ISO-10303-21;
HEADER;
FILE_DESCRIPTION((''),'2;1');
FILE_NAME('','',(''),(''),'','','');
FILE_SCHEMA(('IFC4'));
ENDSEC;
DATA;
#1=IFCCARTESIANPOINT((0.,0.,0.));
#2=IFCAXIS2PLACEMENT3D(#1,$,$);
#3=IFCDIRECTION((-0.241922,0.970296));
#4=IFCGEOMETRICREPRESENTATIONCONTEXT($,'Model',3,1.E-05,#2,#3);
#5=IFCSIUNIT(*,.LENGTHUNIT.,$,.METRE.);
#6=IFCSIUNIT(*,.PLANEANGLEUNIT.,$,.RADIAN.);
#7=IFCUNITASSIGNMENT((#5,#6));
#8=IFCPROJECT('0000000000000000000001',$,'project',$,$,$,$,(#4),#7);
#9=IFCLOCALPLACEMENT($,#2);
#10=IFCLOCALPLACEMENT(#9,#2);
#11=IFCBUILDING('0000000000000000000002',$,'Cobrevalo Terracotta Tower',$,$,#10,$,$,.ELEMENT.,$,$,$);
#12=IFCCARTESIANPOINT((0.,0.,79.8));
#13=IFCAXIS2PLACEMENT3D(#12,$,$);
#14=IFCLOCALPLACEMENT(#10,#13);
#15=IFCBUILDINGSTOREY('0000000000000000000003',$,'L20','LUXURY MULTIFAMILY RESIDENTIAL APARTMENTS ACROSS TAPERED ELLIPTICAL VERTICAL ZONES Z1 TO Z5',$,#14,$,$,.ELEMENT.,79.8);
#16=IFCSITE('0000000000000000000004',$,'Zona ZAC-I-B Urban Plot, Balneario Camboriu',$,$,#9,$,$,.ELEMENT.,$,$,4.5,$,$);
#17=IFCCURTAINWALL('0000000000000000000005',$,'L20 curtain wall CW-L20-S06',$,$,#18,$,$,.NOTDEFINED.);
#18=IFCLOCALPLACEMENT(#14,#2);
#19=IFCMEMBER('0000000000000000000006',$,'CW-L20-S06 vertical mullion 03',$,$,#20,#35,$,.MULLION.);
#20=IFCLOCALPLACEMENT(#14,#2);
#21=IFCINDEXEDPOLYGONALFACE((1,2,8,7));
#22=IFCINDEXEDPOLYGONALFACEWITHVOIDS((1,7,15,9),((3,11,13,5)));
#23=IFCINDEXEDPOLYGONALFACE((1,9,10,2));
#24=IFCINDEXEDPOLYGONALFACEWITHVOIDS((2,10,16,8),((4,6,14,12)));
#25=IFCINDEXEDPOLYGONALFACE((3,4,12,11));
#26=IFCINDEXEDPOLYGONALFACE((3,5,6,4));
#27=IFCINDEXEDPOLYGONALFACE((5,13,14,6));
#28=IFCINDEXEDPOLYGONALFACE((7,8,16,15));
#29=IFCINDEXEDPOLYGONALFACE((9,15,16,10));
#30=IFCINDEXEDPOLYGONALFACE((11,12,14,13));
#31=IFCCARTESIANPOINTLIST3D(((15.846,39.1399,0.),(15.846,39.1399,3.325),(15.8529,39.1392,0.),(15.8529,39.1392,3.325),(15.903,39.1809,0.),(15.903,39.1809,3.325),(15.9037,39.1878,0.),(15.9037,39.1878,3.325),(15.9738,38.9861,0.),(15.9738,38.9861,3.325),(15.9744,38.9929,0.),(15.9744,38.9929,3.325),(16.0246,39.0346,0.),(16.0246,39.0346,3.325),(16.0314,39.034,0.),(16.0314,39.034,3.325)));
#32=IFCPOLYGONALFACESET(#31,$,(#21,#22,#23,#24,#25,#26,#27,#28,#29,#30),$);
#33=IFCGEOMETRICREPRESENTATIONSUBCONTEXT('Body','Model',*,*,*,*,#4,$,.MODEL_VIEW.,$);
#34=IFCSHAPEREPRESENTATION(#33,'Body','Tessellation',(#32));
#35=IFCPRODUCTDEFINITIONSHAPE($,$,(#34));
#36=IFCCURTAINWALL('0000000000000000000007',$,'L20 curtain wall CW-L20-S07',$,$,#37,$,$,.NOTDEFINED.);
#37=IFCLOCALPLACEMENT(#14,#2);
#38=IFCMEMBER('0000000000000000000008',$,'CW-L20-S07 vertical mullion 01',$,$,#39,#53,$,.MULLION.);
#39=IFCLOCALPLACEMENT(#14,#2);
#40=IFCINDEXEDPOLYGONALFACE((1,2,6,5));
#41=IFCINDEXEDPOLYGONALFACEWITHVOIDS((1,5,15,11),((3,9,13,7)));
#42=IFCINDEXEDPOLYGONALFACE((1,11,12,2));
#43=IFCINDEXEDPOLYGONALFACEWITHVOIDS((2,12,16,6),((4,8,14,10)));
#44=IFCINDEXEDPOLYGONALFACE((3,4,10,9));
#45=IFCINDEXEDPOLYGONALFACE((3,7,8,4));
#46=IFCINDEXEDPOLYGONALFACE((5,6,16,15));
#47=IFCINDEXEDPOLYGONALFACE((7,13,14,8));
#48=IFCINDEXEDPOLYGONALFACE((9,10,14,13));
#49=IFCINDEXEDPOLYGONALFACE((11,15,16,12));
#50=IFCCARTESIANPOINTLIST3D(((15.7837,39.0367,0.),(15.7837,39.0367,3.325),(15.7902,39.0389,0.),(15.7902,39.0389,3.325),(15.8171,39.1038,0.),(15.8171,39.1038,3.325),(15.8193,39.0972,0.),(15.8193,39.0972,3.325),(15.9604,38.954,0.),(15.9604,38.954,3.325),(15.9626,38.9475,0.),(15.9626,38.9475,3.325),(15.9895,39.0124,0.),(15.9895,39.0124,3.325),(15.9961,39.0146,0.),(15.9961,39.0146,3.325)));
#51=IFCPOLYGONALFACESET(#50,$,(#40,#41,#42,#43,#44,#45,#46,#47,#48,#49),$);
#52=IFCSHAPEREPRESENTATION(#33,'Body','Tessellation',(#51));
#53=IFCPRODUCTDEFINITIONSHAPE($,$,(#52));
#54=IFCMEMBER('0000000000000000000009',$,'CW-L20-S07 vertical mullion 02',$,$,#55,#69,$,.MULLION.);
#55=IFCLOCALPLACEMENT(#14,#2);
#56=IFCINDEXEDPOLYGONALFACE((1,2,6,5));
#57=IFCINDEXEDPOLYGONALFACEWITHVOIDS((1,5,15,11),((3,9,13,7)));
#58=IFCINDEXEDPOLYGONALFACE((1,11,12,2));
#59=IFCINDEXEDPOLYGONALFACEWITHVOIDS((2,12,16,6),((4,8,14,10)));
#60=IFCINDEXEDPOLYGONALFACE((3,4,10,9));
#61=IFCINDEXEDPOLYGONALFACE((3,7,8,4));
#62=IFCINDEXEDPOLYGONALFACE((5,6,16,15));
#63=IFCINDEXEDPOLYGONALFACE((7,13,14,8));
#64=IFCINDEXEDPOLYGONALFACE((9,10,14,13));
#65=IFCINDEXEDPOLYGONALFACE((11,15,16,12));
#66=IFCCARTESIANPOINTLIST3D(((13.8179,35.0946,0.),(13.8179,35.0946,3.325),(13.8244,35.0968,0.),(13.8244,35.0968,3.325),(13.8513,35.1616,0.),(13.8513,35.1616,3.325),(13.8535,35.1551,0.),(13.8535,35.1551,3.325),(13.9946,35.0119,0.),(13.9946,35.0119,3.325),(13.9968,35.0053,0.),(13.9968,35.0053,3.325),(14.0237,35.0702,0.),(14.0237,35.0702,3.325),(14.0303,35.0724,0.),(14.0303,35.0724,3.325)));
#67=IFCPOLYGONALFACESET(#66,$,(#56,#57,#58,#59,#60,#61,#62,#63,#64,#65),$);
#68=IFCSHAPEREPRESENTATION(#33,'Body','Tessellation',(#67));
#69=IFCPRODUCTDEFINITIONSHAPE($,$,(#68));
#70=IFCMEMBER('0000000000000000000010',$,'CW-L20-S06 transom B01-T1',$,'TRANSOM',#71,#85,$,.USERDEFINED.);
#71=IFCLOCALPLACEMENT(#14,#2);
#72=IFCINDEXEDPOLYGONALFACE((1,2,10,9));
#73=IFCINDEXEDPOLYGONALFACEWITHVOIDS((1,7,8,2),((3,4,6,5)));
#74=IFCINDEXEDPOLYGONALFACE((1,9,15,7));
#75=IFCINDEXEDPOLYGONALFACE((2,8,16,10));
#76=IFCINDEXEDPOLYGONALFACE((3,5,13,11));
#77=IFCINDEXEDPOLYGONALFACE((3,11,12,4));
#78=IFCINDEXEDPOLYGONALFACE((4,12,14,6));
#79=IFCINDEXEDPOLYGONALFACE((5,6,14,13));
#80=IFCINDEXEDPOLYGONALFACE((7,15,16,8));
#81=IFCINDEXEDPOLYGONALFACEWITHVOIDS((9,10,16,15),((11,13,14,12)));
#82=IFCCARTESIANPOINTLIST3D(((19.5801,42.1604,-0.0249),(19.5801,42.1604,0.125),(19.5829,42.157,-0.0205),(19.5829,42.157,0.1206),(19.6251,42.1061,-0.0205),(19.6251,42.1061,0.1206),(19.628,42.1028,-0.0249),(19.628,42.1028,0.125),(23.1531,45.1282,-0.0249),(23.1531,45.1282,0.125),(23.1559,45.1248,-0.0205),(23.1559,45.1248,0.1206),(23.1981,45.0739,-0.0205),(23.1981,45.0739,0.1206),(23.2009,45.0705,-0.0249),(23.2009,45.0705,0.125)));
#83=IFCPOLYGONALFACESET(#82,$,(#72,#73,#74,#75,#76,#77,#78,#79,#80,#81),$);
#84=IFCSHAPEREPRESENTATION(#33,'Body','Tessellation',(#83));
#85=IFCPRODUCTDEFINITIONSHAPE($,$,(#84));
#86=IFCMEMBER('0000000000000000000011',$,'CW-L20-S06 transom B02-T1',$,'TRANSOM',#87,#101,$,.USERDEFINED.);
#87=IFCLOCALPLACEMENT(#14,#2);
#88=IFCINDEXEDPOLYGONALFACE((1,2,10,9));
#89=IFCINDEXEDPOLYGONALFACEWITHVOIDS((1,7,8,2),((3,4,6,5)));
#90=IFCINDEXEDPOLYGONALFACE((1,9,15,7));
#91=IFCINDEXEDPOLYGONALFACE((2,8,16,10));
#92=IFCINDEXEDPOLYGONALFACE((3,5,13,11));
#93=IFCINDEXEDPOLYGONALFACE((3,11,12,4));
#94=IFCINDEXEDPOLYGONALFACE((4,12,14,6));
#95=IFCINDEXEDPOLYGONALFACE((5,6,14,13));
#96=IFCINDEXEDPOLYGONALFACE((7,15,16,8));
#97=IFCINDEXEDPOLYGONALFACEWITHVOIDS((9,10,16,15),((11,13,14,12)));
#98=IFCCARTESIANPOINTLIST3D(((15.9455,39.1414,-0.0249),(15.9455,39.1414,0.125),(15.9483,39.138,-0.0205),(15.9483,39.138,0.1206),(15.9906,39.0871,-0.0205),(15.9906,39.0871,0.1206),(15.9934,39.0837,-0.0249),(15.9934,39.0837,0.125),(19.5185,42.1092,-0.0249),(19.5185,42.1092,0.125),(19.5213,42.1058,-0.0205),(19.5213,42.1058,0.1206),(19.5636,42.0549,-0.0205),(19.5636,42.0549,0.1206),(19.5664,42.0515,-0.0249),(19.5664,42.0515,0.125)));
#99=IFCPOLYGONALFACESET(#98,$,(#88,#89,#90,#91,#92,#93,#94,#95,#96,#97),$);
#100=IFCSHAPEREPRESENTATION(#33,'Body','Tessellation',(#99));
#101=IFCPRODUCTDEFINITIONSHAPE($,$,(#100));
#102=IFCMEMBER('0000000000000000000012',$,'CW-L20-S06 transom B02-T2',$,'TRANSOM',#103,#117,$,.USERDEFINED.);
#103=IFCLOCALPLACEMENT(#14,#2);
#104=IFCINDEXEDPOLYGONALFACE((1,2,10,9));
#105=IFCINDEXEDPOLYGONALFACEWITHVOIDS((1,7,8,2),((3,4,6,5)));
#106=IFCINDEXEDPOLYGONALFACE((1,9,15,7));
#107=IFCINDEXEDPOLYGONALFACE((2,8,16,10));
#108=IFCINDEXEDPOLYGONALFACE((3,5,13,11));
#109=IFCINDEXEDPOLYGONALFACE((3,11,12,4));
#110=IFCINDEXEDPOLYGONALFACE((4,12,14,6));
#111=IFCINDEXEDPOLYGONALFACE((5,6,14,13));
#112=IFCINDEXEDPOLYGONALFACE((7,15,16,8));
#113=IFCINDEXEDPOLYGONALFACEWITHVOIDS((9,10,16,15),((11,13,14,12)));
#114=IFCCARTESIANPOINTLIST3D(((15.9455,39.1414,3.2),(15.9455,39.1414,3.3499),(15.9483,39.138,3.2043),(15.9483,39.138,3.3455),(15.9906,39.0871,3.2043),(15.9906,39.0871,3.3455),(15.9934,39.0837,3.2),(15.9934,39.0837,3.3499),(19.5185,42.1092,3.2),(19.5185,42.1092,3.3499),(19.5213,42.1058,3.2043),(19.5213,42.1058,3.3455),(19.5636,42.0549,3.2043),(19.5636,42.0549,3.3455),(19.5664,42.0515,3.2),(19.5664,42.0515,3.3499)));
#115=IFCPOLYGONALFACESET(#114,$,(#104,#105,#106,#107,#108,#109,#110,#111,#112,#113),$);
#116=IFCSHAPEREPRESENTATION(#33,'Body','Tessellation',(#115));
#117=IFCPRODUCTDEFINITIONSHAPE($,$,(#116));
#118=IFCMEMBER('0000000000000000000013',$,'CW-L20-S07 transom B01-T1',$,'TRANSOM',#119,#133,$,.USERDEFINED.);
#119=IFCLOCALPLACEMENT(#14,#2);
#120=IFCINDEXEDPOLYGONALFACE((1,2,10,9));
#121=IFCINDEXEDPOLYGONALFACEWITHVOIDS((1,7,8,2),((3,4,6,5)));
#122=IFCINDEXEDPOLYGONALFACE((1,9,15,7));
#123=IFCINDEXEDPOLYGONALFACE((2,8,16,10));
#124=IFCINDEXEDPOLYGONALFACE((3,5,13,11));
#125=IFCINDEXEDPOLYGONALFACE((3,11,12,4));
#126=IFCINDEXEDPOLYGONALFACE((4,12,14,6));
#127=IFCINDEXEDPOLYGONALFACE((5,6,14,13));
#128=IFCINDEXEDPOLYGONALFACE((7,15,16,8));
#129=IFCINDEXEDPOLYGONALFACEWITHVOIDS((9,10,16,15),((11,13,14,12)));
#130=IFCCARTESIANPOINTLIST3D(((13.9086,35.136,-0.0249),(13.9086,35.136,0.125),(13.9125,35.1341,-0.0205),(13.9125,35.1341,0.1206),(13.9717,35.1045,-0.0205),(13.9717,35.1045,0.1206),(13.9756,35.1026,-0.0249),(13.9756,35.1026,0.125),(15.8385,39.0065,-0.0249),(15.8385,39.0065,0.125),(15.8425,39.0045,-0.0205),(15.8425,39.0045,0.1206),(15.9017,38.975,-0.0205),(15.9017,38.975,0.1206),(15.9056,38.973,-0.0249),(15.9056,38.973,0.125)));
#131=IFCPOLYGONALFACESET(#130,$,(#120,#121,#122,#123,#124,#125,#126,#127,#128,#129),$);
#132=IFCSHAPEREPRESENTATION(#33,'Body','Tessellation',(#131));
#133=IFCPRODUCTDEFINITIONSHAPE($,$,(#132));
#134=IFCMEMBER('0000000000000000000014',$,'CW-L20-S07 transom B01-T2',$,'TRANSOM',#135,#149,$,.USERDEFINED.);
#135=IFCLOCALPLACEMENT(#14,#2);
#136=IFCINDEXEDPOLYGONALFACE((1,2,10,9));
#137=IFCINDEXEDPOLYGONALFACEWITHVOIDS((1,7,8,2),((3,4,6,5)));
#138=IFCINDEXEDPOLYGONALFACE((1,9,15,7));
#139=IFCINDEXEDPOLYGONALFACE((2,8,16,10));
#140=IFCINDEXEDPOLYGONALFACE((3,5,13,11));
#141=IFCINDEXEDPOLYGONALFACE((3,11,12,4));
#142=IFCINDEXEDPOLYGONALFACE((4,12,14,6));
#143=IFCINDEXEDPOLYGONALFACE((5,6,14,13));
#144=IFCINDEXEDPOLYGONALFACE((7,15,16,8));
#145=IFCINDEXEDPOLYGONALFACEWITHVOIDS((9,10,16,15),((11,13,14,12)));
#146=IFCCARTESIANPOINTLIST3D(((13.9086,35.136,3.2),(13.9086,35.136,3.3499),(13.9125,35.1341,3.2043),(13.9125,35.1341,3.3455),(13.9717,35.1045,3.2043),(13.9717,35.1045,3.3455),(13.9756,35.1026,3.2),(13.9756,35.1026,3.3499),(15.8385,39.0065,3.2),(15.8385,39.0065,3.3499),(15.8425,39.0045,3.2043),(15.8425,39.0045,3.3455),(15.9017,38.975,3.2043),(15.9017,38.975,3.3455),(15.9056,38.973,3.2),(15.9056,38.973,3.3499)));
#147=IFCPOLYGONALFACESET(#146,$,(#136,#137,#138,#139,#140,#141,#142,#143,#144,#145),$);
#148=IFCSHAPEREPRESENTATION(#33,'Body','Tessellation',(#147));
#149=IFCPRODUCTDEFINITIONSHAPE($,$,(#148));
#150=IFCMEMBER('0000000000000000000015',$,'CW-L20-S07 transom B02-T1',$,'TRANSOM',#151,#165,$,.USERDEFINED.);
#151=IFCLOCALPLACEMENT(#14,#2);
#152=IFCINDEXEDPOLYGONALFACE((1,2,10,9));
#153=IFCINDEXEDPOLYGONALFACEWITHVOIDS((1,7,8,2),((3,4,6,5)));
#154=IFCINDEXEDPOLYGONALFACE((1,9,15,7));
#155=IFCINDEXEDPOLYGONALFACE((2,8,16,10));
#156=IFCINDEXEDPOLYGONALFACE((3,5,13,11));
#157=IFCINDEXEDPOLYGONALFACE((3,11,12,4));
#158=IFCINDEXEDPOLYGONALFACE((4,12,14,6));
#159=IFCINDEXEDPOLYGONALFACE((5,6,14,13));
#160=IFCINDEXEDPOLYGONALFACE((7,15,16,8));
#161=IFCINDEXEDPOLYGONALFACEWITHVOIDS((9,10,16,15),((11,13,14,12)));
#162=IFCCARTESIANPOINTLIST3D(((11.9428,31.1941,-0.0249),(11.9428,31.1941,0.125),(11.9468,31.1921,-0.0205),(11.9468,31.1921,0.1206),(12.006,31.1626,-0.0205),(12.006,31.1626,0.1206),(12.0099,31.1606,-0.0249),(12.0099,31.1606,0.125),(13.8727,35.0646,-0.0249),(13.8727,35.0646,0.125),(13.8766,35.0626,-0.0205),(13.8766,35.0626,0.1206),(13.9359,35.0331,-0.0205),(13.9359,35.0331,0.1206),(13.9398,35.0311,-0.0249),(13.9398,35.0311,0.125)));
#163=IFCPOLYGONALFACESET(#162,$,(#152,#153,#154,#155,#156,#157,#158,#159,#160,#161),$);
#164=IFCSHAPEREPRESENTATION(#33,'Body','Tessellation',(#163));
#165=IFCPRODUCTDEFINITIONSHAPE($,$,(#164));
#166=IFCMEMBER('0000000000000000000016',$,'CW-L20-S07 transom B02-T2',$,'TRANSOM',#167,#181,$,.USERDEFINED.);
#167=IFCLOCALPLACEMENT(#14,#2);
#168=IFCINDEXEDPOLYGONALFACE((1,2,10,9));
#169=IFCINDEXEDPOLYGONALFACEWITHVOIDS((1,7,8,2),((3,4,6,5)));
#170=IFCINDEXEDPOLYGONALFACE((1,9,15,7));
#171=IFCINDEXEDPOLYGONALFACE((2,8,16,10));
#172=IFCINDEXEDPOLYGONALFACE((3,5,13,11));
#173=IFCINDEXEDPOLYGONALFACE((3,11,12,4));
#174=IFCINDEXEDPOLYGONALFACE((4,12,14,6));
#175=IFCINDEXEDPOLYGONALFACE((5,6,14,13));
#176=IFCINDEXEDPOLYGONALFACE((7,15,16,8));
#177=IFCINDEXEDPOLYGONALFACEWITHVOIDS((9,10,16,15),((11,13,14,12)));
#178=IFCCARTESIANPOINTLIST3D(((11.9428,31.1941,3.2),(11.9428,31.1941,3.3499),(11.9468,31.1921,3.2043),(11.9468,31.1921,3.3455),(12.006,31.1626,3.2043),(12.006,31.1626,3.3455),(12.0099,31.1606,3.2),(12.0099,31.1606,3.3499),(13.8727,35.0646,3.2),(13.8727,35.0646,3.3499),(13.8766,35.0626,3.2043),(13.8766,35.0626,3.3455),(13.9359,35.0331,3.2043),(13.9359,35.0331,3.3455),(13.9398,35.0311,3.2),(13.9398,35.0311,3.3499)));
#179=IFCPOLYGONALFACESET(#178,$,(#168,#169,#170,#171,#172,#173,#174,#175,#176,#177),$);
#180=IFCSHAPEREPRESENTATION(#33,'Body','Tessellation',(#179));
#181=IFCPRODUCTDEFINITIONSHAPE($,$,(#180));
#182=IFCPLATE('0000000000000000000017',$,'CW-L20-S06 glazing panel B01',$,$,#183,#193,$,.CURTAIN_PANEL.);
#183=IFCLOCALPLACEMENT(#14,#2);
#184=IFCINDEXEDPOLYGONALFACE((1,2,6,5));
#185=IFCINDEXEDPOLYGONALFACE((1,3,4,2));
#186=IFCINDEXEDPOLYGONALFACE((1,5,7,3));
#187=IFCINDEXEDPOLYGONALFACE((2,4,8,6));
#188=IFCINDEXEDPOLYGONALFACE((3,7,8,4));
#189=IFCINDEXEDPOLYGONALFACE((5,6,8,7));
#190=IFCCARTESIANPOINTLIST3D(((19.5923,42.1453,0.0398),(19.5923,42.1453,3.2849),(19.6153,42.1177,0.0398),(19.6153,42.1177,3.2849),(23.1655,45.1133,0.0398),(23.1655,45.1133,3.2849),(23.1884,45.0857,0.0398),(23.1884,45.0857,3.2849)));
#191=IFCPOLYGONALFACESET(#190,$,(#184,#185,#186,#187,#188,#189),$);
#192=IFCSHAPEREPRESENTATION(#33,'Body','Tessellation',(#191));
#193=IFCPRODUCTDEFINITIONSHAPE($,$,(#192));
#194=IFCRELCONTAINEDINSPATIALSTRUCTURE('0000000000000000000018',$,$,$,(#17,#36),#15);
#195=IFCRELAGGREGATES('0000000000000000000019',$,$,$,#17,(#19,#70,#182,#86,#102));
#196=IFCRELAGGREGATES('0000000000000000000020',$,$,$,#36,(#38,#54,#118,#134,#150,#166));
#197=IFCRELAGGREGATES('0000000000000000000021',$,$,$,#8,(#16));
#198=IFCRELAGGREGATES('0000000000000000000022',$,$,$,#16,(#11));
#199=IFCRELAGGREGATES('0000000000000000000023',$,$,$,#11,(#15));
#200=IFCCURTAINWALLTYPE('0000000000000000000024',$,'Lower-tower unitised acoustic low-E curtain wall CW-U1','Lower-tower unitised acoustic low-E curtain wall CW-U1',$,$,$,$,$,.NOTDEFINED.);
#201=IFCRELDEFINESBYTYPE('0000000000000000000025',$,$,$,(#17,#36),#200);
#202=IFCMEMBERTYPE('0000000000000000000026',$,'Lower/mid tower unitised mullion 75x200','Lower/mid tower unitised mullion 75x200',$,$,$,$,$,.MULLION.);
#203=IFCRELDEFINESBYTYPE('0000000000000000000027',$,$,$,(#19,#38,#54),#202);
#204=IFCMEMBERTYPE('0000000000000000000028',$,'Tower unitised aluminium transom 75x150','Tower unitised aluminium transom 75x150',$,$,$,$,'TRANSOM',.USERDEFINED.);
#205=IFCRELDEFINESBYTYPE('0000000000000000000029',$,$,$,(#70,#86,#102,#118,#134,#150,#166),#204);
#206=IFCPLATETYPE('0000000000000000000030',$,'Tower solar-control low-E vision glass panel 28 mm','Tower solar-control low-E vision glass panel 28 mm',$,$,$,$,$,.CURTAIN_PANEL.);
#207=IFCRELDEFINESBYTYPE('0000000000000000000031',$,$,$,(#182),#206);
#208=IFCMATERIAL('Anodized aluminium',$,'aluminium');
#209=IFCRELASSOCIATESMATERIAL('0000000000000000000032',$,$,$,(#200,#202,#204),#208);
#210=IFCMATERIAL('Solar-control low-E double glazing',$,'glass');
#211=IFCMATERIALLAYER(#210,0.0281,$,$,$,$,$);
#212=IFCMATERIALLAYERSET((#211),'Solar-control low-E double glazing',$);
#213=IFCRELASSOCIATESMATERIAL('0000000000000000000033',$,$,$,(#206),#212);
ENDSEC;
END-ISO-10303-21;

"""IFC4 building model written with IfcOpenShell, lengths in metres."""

from ifc_helpers import new_model, si_unit, direction, frame, origin, origin_2d, place, context, subcontext, project, spatial, rectangle, hollow_rectangle, extrude, source, transform, mapped, material, layer, layer_set, material_profile, profile_set, type_object, element, aggregate, save


model = new_model("IFC4")

# Units and contexts
model_context = context("Model", 3, precision=1e-05, world=origin(), true_north=direction((-0.241922, 0.970296)))
body_context = subcontext(model_context, "Body", "Model", "MODEL_VIEW")
ifc_project = project(units=[si_unit("LENGTHUNIT", "METRE"), si_unit("PLANEANGLEUNIT", "RADIAN")], contexts=[model_context])

# Site, building, storey
site_placement = place(None, origin())
site = spatial("IfcSite", under=ifc_project, at=site_placement, Name="Zona ZAC-I-B Urban Plot, Balneario Camboriu", CompositionType="ELEMENT", RefElevation=4.5)
building_placement = place(site_placement, origin())
building = spatial("IfcBuilding", under=site, at=building_placement, Name="Cobrevalo Terracotta Tower", CompositionType="ELEMENT")
storey_placement = place(building_placement, frame((0.0, 0.0, 79.8)))
storey = spatial("IfcBuildingStorey", under=building, at=storey_placement, Name="L20", Description="LUXURY MULTIFAMILY RESIDENTIAL APARTMENTS ACROSS TAPERED ELLIPTICAL VERTICAL ZONES Z1 TO Z5", CompositionType="ELEMENT", Elevation=79.8)

# Curtain walls, members
ifc_material_1 = material(Name="Anodized aluminium", Category="aluminium")
curtain_wall_type = type_object("IfcCurtainWallType", Name="Lower-tower unitised acoustic low-E curtain wall CW-U1", Description="Lower-tower unitised acoustic low-E curtain wall CW-U1", PredefinedType="NOTDEFINED", material=ifc_material_1)
curtain_wall_1_placement = place(storey_placement, origin())
curtain_wall_1 = element("IfcCurtainWall", 1, at=curtain_wall_1_placement, inside=storey, type_object=curtain_wall_type, Name="L20 curtain wall CW-L20-S06", PredefinedType="NOTDEFINED")
ifc_material_profile_1 = material_profile(ifc_material_1, hollow_rectangle(XDim=0.075, YDim=0.2, WallThickness=0.0049, at=origin_2d()), Name="CWM 75x200")
ifc_profile_set_1 = profile_set([ifc_material_profile_1], Name="Anodized aluminium")
member_type_1 = type_object("IfcMemberType", Name="Lower/mid tower unitised mullion 75x200", Description="Lower/mid tower unitised mullion 75x200", PredefinedType="MULLION", material=ifc_profile_set_1)
shared_shape_1 = source(origin(), body_context, "Body", "SweptSolid", [
    extrude(hollow_rectangle(XDim=0.075, YDim=0.2, WallThickness=0.0049, at=origin_2d()), origin(), (0.0, 0.0, 1.0), 3.325),
])
member_1_placement = place(storey_placement, frame((15.9387, 39.0869, 0.0), z_axis=(0.0, 0.0, 1.0), x_axis=(-0.769243, -0.638956, 0.0)))
member_1 = element("IfcMember", 2, at=member_1_placement, type_object=member_type_1, Name="CW-L20-S06 vertical mullion 03", PredefinedType="MULLION", context=body_context, shape_type="MappedRepresentation", body=[
    mapped(shared_shape_1, transform((0.0, 0.0, 0.0), scale=1.0)),
])
curtain_wall_2_placement = place(storey_placement, origin())
curtain_wall_2 = element("IfcCurtainWall", 3, at=curtain_wall_2_placement, inside=storey, type_object=curtain_wall_type, Name="L20 curtain wall CW-L20-S07", PredefinedType="NOTDEFINED")
member_2_placement = place(storey_placement, frame((15.8899, 39.0256, 0.0), z_axis=(0.0, 0.0, 1.0), x_axis=(-0.44626, -0.894903, 0.0)))
member_2 = element("IfcMember", 4, at=member_2_placement, type_object=member_type_1, Name="CW-L20-S07 vertical mullion 01", PredefinedType="MULLION", context=body_context, shape_type="MappedRepresentation", body=[
    mapped(shared_shape_1, transform((0.0, 0.0, 0.0), scale=1.0)),
])
member_3_placement = place(storey_placement, frame((13.9241, 35.0835, 0.0), z_axis=(0.0, 0.0, 1.0), x_axis=(-0.44626, -0.894903, 0.0)))
member_3 = element("IfcMember", 5, at=member_3_placement, type_object=member_type_1, Name="CW-L20-S07 vertical mullion 02", PredefinedType="MULLION", context=body_context, shape_type="MappedRepresentation", body=[
    mapped(shared_shape_1, transform((0.0, 0.0, 0.0), scale=1.0)),
])

# Members
ifc_material_profile_2 = material_profile(ifc_material_1, hollow_rectangle(XDim=0.075, YDim=0.1499, WallThickness=0.0044, at=origin_2d()), Name="CWT 75x150")
ifc_profile_set_2 = profile_set([ifc_material_profile_2], Name="Anodized aluminium")
member_type_2 = type_object("IfcMemberType", Name="Tower unitised aluminium transom 75x150", Description="Tower unitised aluminium transom 75x150", ElementType="TRANSOM", PredefinedType="USERDEFINED", material=ifc_profile_set_2)
shared_shape_2 = source(origin(), body_context, "Body", "SweptSolid", [
    extrude(hollow_rectangle(XDim=0.075, YDim=0.1499, WallThickness=0.0044, at=origin_2d()), origin(), (0.0, 0.0, 1.0), 4.6448),
])
member_4_placement = place(storey_placement, frame((23.177, 45.0994, 0.05), z_axis=(-0.76925, -0.638948, 0.0), x_axis=(0.638948, -0.76925, 0.0)))
member_4 = element("IfcMember", 6, at=member_4_placement, type_object=member_type_2, Name="CW-L20-S06 transom B01-T1", ObjectType="TRANSOM", PredefinedType="USERDEFINED", context=body_context, shape_type="MappedRepresentation", body=[
    mapped(shared_shape_2, transform((0.0, 0.0, 0.0), scale=1.0)),
])
member_5_placement = place(storey_placement, frame((19.5425, 42.0803, 0.05), z_axis=(-0.76925, -0.638948, 0.0), x_axis=(0.638948, -0.76925, 0.0)))
member_5 = element("IfcMember", 7, at=member_5_placement, type_object=member_type_2, Name="CW-L20-S06 transom B02-T1", ObjectType="TRANSOM", PredefinedType="USERDEFINED", context=body_context, shape_type="MappedRepresentation", body=[
    mapped(shared_shape_2, transform((0.0, 0.0, 0.0), scale=1.0)),
])
member_6_placement = place(storey_placement, frame((19.5425, 42.0803, 3.2749), z_axis=(-0.76925, -0.638948, 0.0), x_axis=(0.638948, -0.76925, 0.0)))
member_6 = element("IfcMember", 8, at=member_6_placement, type_object=member_type_2, Name="CW-L20-S06 transom B02-T2", ObjectType="TRANSOM", PredefinedType="USERDEFINED", context=body_context, shape_type="MappedRepresentation", body=[
    mapped(shared_shape_2, transform((0.0, 0.0, 0.0), scale=1.0)),
])
shared_shape_3 = source(origin(), body_context, "Body", "SweptSolid", [
    extrude(hollow_rectangle(XDim=0.075, YDim=0.1499, WallThickness=0.0044, at=origin_2d()), origin(), (0.0, 0.0, 1.0), 4.325),
])
member_7_placement = place(storey_placement, frame((15.8721, 38.9897, 0.05), z_axis=(-0.446242, -0.894912, 0.0), x_axis=(0.894912, -0.446242, 0.0)))
member_7 = element("IfcMember", 9, at=member_7_placement, type_object=member_type_2, Name="CW-L20-S07 transom B01-T1", ObjectType="TRANSOM", PredefinedType="USERDEFINED", context=body_context, shape_type="MappedRepresentation", body=[
    mapped(shared_shape_3, transform((0.0, 0.0, 0.0), scale=1.0)),
])
member_8_placement = place(storey_placement, frame((15.8721, 38.9897, 3.2749), z_axis=(-0.446242, -0.894912, 0.0), x_axis=(0.894912, -0.446242, 0.0)))
member_8 = element("IfcMember", 10, at=member_8_placement, type_object=member_type_2, Name="CW-L20-S07 transom B01-T2", ObjectType="TRANSOM", PredefinedType="USERDEFINED", context=body_context, shape_type="MappedRepresentation", body=[
    mapped(shared_shape_3, transform((0.0, 0.0, 0.0), scale=1.0)),
])
member_9_placement = place(storey_placement, frame((13.9062, 35.0479, 0.05), z_axis=(-0.44622, -0.894923, 0.0), x_axis=(0.894923, -0.44622, 0.0)))
member_9 = element("IfcMember", 11, at=member_9_placement, type_object=member_type_2, Name="CW-L20-S07 transom B02-T1", ObjectType="TRANSOM", PredefinedType="USERDEFINED", context=body_context, shape_type="MappedRepresentation", body=[
    mapped(shared_shape_3, transform((0.0, 0.0, 0.0), scale=1.0)),
])
member_10_placement = place(storey_placement, frame((13.9062, 35.0479, 3.2749), z_axis=(-0.44622, -0.894923, 0.0), x_axis=(0.894923, -0.44622, 0.0)))
member_10 = element("IfcMember", 12, at=member_10_placement, type_object=member_type_2, Name="CW-L20-S07 transom B02-T2", ObjectType="TRANSOM", PredefinedType="USERDEFINED", context=body_context, shape_type="MappedRepresentation", body=[
    mapped(shared_shape_3, transform((0.0, 0.0, 0.0), scale=1.0)),
])

# Plate
ifc_material_2 = material(Name="Solar-control low-E double glazing", Category="glass")
ifc_layer = layer(ifc_material_2, 0.0281)
ifc_layer_set = layer_set([ifc_layer], Name="Solar-control low-E double glazing")
plate_type = type_object("IfcPlateType", Name="Tower solar-control low-E vision glass panel 28 mm", Description="Tower solar-control low-E vision glass panel 28 mm", PredefinedType="CURTAIN_PANEL", material=ifc_layer_set)
shared_shape_4 = source(origin(), body_context, "Body", "SweptSolid", [
    extrude(rectangle(XDim=4.645, YDim=0.0359, at=origin_2d()), origin(), (0.0, 0.0, 1.0), 3.2451),
])
plate_1_placement = place(storey_placement, frame((21.3904, 43.6155, 0.0398), z_axis=(0.0, 0.0, 1.0), x_axis=(-0.769241, -0.638958, 0.0)))
plate_1 = element("IfcPlate", 13, at=plate_1_placement, type_object=plate_type, Name="CW-L20-S06 glazing panel B01", PredefinedType="CURTAIN_PANEL", context=body_context, shape_type="MappedRepresentation", body=[
    mapped(shared_shape_4, transform((0.0, 0.0, 0.0), scale=1.0)),
])
aggregate(curtain_wall_1, [member_1, member_4, plate_1, member_5, member_6])
aggregate(curtain_wall_2, [member_2, member_3, member_7, member_8, member_9, member_10])

save(model, "model.ifc")
